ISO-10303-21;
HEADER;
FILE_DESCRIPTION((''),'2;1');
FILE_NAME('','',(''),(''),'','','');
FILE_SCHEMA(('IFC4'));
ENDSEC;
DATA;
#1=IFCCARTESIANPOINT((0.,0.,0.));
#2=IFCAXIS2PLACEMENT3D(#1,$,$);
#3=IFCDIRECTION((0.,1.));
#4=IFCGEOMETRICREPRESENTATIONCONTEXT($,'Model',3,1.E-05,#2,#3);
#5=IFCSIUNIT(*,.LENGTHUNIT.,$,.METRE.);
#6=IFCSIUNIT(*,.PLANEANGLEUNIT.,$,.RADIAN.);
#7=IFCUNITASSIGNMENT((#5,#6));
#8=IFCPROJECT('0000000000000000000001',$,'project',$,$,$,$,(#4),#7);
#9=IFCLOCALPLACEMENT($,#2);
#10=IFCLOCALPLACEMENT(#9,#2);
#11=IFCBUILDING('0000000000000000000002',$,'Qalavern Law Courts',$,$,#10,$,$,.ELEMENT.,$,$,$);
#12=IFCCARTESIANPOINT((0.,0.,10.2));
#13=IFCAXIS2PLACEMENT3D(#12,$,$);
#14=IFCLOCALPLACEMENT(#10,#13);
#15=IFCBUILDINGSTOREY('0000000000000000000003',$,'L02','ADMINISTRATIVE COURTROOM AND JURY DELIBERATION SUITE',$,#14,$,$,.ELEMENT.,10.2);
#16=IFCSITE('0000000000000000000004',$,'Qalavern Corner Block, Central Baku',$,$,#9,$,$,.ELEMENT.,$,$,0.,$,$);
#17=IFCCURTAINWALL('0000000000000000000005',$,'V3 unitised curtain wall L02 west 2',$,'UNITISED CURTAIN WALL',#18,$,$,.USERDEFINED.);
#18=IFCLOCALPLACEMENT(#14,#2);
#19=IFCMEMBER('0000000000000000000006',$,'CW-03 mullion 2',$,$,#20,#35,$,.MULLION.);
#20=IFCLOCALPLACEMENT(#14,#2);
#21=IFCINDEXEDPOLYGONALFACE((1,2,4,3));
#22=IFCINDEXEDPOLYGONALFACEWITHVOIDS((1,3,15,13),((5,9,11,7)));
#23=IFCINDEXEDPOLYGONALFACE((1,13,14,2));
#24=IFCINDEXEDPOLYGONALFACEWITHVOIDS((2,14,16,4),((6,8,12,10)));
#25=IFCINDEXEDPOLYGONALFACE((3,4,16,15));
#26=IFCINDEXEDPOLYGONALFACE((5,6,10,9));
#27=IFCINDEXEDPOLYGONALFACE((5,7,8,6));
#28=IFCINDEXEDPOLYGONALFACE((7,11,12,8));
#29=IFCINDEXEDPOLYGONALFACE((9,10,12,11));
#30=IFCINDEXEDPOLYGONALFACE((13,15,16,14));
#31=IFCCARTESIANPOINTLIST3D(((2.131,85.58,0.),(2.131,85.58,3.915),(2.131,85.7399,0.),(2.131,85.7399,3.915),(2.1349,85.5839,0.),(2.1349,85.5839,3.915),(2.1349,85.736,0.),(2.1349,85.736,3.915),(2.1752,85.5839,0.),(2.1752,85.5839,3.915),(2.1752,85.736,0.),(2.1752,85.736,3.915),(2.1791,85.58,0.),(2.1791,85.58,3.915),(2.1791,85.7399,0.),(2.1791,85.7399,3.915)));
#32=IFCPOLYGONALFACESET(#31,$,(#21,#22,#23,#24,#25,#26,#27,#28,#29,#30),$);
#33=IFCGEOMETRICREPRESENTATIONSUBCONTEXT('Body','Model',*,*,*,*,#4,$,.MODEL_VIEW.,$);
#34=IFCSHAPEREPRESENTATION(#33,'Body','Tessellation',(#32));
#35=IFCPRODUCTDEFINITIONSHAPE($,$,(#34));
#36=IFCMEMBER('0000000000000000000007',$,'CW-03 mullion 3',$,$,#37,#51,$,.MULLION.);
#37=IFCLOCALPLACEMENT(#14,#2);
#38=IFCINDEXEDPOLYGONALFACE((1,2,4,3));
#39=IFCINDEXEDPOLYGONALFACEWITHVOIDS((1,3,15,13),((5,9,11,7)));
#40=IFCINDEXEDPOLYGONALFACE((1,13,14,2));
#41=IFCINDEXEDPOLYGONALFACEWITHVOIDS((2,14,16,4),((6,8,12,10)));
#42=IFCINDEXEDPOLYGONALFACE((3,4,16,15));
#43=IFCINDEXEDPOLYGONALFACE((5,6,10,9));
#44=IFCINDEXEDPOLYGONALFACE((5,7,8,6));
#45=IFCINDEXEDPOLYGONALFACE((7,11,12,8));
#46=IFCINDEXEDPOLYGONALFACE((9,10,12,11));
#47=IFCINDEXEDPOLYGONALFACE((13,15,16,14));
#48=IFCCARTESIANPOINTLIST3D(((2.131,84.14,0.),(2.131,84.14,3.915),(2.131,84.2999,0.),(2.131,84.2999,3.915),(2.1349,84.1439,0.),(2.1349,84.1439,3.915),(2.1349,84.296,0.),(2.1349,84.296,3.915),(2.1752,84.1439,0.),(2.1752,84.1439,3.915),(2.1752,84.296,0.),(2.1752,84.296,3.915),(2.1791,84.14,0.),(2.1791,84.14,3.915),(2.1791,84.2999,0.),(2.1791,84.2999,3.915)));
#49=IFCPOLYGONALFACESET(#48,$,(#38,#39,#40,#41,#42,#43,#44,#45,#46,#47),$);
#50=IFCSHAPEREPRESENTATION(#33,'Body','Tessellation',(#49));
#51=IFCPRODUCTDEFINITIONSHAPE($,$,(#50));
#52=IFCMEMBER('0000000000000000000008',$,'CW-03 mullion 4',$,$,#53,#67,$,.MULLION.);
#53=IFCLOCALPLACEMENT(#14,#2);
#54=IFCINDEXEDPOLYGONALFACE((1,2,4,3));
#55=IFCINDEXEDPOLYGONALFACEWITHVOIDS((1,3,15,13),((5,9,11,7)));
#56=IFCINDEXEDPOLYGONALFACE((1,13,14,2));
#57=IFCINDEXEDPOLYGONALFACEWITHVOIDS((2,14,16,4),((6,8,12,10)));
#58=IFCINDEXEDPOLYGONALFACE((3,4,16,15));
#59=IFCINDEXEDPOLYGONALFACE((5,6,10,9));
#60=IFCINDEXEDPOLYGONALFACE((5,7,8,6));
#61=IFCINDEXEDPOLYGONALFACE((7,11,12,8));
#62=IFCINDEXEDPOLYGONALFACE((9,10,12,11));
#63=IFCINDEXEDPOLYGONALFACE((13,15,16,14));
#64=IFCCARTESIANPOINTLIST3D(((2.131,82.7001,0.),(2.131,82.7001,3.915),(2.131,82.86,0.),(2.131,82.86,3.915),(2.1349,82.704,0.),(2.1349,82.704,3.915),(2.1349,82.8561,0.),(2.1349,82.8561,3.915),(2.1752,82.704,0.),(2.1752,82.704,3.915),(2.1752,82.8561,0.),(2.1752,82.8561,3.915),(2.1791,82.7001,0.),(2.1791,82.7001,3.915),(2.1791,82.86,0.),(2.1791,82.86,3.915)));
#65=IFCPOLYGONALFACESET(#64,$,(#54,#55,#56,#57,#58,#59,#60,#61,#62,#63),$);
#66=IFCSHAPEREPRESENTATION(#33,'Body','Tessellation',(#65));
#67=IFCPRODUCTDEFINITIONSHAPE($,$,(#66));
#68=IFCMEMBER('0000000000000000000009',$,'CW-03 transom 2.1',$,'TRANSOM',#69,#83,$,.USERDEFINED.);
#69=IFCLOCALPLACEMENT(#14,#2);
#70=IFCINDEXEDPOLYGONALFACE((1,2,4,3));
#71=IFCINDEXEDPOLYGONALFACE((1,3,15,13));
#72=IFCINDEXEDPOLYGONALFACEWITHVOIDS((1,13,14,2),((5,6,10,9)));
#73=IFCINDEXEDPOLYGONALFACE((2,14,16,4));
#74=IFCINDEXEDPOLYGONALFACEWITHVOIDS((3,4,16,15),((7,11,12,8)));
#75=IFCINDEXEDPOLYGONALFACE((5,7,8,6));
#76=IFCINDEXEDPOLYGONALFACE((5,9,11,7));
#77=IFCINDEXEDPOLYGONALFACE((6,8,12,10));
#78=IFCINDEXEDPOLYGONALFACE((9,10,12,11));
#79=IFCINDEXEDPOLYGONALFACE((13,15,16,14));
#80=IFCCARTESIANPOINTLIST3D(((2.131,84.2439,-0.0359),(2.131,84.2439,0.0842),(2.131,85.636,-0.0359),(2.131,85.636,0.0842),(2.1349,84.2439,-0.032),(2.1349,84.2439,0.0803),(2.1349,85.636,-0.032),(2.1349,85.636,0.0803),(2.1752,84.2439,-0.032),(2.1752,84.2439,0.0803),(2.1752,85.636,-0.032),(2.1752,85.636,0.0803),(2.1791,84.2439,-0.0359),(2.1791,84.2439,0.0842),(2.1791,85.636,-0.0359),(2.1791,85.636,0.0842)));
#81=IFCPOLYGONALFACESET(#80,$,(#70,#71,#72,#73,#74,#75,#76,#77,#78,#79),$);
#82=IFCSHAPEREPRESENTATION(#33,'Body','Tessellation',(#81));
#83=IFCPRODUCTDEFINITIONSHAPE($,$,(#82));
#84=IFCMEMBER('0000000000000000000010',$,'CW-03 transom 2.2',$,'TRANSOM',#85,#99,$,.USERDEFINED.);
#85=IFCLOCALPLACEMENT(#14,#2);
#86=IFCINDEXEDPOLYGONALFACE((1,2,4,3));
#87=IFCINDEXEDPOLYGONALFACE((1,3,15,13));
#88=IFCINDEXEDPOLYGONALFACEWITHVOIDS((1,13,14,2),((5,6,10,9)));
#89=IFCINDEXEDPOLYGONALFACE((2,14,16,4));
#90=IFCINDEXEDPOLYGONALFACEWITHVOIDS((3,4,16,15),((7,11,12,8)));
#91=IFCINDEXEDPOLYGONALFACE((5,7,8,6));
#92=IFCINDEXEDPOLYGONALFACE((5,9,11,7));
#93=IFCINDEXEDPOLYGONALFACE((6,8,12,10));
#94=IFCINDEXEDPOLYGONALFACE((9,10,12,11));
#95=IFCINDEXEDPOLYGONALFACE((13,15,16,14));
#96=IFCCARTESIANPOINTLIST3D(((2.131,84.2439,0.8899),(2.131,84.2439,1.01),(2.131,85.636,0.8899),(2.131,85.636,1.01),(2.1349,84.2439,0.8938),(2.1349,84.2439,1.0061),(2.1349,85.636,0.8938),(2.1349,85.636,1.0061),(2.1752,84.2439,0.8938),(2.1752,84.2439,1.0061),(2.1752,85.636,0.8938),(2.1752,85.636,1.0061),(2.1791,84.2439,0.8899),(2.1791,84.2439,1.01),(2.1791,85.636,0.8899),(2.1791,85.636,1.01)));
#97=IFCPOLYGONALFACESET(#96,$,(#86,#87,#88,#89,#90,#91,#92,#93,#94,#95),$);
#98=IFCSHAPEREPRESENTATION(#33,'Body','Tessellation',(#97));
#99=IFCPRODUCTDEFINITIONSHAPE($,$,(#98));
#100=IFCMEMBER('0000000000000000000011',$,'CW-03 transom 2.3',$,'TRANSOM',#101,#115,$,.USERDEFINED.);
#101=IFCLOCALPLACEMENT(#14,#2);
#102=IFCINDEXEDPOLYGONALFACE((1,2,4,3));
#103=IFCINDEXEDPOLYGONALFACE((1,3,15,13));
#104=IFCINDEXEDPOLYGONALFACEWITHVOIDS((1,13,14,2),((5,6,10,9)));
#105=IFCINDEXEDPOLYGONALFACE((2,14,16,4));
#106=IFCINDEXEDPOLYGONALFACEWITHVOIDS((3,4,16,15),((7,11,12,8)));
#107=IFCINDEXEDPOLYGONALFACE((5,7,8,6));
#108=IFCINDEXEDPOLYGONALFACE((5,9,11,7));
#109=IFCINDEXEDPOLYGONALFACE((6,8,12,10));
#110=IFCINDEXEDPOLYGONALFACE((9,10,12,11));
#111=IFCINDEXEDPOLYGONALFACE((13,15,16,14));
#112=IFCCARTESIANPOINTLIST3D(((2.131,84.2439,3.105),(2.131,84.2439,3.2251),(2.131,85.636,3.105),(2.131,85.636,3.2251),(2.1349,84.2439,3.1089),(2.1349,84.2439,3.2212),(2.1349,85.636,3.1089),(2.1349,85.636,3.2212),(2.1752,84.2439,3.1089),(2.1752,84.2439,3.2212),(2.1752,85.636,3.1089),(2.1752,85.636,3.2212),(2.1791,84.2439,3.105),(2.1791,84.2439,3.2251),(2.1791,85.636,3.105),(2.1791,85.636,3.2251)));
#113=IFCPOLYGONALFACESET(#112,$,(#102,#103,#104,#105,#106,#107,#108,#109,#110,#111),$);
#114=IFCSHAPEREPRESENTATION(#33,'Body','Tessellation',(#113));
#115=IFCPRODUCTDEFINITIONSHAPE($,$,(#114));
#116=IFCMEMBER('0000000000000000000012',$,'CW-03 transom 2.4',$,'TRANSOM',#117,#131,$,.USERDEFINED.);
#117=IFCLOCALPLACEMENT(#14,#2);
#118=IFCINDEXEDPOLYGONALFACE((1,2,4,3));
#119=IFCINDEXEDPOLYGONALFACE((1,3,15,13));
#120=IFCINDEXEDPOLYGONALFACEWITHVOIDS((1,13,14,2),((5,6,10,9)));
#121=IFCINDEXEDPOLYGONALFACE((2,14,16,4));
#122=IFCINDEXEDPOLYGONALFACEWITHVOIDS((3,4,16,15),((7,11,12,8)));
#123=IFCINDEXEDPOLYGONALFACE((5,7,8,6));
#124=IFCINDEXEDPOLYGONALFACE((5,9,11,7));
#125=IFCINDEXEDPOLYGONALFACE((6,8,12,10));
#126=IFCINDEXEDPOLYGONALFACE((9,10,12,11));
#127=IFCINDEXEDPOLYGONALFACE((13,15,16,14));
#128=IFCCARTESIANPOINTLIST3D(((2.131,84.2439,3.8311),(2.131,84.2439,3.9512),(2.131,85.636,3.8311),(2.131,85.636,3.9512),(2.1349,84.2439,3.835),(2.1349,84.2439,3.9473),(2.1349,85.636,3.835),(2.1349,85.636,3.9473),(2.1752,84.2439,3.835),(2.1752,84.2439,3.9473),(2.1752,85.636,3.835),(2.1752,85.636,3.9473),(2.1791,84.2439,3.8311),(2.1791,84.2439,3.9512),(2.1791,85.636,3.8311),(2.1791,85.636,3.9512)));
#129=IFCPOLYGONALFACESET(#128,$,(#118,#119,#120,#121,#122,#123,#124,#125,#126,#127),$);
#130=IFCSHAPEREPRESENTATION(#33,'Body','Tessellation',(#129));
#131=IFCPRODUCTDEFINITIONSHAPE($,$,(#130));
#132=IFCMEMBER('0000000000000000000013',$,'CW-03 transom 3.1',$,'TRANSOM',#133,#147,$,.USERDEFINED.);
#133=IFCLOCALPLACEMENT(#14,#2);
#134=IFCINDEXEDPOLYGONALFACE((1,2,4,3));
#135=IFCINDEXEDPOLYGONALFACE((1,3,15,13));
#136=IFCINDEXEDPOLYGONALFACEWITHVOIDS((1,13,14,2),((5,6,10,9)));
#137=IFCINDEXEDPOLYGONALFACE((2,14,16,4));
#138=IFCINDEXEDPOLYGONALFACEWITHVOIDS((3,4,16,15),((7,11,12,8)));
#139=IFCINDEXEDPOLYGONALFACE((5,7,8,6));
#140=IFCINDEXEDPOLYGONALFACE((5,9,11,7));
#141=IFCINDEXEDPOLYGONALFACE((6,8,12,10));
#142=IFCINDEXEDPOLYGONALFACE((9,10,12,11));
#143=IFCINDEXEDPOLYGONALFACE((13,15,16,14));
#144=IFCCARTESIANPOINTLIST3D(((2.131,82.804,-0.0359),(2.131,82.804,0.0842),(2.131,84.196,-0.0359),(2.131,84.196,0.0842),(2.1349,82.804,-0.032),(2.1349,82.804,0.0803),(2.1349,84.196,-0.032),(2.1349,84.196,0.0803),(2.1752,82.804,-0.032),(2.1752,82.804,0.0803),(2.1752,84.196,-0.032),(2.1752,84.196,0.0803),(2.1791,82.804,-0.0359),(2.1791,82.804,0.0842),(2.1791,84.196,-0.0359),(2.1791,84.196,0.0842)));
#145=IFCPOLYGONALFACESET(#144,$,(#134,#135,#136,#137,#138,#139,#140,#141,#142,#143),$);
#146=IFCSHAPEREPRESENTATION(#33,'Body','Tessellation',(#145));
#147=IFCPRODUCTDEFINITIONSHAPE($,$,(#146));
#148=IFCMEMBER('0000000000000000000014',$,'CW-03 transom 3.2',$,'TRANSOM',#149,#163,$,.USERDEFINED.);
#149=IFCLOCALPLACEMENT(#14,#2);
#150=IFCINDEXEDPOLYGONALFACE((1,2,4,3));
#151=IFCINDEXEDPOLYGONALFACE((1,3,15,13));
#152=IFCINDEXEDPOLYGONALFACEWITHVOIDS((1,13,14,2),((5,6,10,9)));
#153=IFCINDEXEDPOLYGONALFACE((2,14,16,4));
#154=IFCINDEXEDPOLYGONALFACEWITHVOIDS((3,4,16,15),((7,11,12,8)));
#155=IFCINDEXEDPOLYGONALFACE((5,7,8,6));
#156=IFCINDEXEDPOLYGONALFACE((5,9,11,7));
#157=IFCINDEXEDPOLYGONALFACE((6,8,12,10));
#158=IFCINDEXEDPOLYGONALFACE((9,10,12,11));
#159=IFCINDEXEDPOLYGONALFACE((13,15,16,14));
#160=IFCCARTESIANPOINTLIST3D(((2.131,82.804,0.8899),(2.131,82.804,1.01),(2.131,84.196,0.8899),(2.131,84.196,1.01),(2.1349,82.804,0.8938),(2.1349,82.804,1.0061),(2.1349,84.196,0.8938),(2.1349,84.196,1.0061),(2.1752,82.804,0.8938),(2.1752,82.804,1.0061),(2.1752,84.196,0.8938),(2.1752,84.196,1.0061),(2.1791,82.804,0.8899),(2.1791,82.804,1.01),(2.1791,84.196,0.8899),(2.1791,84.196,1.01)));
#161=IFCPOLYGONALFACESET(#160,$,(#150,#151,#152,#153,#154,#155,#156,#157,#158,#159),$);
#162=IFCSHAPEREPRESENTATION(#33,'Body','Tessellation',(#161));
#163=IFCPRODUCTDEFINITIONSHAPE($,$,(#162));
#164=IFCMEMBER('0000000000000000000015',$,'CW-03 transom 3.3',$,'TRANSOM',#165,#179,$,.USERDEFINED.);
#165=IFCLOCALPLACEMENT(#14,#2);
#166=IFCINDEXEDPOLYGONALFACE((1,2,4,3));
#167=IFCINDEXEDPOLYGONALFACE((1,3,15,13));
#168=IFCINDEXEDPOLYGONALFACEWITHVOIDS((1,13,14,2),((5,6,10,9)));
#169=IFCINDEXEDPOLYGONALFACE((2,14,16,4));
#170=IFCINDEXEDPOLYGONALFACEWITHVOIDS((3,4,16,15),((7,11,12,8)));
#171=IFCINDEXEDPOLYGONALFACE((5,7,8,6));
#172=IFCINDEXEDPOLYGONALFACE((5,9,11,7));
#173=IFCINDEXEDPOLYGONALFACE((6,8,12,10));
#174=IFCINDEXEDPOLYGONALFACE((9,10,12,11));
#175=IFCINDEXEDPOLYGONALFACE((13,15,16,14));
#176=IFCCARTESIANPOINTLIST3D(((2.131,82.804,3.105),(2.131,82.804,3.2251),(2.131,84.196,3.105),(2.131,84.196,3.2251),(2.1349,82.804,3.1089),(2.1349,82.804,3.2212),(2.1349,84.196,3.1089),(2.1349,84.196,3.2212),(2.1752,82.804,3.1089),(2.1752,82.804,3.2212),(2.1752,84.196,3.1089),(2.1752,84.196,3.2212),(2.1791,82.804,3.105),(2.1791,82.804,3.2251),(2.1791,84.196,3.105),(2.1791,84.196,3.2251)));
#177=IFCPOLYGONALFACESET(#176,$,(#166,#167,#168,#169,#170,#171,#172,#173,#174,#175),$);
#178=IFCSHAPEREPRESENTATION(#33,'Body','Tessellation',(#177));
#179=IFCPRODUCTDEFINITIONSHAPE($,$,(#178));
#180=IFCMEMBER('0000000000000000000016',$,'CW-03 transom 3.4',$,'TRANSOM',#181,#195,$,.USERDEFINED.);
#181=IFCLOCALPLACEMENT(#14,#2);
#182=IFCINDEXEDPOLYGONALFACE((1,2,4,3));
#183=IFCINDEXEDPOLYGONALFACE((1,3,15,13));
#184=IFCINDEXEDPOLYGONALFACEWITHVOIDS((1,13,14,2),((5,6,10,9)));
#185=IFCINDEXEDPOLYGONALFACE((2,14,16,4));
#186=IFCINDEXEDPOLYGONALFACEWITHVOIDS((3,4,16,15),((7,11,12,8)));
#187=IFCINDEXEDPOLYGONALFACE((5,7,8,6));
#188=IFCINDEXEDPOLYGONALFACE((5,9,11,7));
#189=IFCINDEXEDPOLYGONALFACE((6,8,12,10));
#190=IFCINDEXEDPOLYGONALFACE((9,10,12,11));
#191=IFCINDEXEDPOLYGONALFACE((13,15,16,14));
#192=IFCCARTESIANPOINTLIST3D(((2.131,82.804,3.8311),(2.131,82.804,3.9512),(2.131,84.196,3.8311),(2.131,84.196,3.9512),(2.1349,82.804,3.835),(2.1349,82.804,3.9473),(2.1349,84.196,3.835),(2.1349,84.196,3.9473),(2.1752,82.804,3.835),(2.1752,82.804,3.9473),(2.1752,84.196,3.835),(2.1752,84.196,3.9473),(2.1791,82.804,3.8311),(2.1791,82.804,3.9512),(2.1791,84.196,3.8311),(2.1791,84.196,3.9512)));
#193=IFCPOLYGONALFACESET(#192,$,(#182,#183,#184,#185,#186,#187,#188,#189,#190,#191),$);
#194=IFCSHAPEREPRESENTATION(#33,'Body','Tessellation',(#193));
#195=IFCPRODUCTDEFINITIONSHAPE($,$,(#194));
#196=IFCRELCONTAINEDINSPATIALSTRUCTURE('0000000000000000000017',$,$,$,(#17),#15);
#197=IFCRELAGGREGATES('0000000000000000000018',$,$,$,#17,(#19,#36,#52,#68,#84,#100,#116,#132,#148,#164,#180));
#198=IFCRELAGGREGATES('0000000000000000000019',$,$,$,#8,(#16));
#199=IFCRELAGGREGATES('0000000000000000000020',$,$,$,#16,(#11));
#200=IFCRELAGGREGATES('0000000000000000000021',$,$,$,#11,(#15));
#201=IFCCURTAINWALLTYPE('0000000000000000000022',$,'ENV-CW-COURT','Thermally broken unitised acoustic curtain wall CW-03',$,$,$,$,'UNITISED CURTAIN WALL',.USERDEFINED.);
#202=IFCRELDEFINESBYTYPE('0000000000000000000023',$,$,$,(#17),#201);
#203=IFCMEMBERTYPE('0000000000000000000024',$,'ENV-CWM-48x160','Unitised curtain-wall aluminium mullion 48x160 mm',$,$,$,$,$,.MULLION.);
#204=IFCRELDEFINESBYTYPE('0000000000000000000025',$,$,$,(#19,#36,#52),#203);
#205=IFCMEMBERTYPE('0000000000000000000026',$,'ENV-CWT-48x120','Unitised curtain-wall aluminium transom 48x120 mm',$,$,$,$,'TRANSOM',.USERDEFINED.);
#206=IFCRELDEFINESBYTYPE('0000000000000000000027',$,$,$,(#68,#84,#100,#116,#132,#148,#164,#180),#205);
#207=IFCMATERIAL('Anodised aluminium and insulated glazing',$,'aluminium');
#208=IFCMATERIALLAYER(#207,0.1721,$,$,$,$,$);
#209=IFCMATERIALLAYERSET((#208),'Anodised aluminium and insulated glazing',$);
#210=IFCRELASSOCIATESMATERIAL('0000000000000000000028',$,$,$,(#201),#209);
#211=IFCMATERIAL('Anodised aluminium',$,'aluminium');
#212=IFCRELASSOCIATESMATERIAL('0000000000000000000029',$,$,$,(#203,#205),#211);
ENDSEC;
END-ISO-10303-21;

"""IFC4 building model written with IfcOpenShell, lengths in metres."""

from ifc_helpers import new_model, si_unit, direction, frame, origin, origin_2d, place, context, subcontext, project, spatial, hollow_rectangle, extrude, material, layer, layer_set, material_profile, profile_set, type_object, element, aggregate, save


model = new_model("IFC4")

# Units and contexts
model_context = context("Model", 3, precision=1e-05, world=origin(), true_north=direction((0.0, 1.0)))
body_context = subcontext(model_context, "Body", "Model", "MODEL_VIEW")
ifc_project = project(units=[si_unit("LENGTHUNIT", "METRE"), si_unit("PLANEANGLEUNIT", "RADIAN")], contexts=[model_context])

# Site, building, storey
site_placement = place(None, origin())
site = spatial("IfcSite", under=ifc_project, at=site_placement, Name="Qalavern Corner Block, Central Baku", CompositionType="ELEMENT", RefElevation=0.0)
building_placement = place(site_placement, origin())
building = spatial("IfcBuilding", under=site, at=building_placement, Name="Qalavern Law Courts", CompositionType="ELEMENT")
storey_placement = place(building_placement, frame((0.0, 0.0, 10.2)))
storey = spatial("IfcBuildingStorey", under=building, at=storey_placement, Name="L02", Description="ADMINISTRATIVE COURTROOM AND JURY DELIBERATION SUITE", CompositionType="ELEMENT", Elevation=10.2)

# Curtain wall, members
ifc_material_1 = material(Name="Anodised aluminium and insulated glazing", Category="aluminium")
ifc_layer_1 = layer(ifc_material_1, 0.1721)
ifc_layer_set_1 = layer_set([ifc_layer_1], Name="Anodised aluminium and insulated glazing")
curtain_wall_type = type_object("IfcCurtainWallType", Name="ENV-CW-COURT", Description="Thermally broken unitised acoustic curtain wall CW-03", ElementType="UNITISED CURTAIN WALL", PredefinedType="USERDEFINED", material=ifc_layer_set_1)
curtain_wall_placement = place(storey_placement, origin())
curtain_wall = element("IfcCurtainWall", 1, at=curtain_wall_placement, inside=storey, type_object=curtain_wall_type, Name="V3 unitised curtain wall L02 west 2", ObjectType="UNITISED CURTAIN WALL", PredefinedType="USERDEFINED")
ifc_material_2 = material(Name="Anodised aluminium", Category="aluminium")
ifc_material_profile_1 = material_profile(ifc_material_2, hollow_rectangle(XDim=0.0481, YDim=0.1599, WallThickness=0.0039, at=origin_2d()), Name="ALU MULLION 48x160")
ifc_profile_set_1 = profile_set([ifc_material_profile_1], Name="Anodised aluminium")
member_type_1 = type_object("IfcMemberType", Name="ENV-CWM-48x160", Description="Unitised curtain-wall aluminium mullion 48x160 mm", PredefinedType="MULLION", material=ifc_profile_set_1)
member_1_placement = place(storey_placement, frame((2.155, 85.6599, 0.0), z_axis=(0.0, 0.0, 1.0), x_axis=(1.0, 0.0, 0.0)))
member_1 = element("IfcMember", 2, at=member_1_placement, type_object=member_type_1, Name="CW-03 mullion 2", PredefinedType="MULLION", context=body_context, shape_type="SweptSolid", body=[
    extrude(hollow_rectangle(XDim=0.0481, YDim=0.1599, WallThickness=0.0039, at=origin_2d()), origin(), (0.0, 0.0, 1.0), 3.915),
])
member_2_placement = place(storey_placement, frame((2.155, 84.22, 0.0), z_axis=(0.0, 0.0, 1.0), x_axis=(1.0, 0.0, 0.0)))
member_2 = element("IfcMember", 3, at=member_2_placement, type_object=member_type_1, Name="CW-03 mullion 3", PredefinedType="MULLION", context=body_context, shape_type="SweptSolid", body=[
    extrude(hollow_rectangle(XDim=0.0481, YDim=0.1599, WallThickness=0.0039, at=origin_2d()), origin(), (0.0, 0.0, 1.0), 3.915),
])
member_3_placement = place(storey_placement, frame((2.155, 82.78, 0.0), z_axis=(0.0, 0.0, 1.0), x_axis=(1.0, 0.0, 0.0)))
member_3 = element("IfcMember", 4, at=member_3_placement, type_object=member_type_1, Name="CW-03 mullion 4", PredefinedType="MULLION", context=body_context, shape_type="SweptSolid", body=[
    extrude(hollow_rectangle(XDim=0.0481, YDim=0.1599, WallThickness=0.0039, at=origin_2d()), origin(), (0.0, 0.0, 1.0), 3.915),
])
ifc_material_profile_2 = material_profile(ifc_material_2, hollow_rectangle(XDim=0.0481, YDim=0.1201, WallThickness=0.0039, at=origin_2d()), Name="ALU TRANSOM 48x120")
ifc_profile_set_2 = profile_set([ifc_material_profile_2], Name="Anodised aluminium")
member_type_2 = type_object("IfcMemberType", Name="ENV-CWT-48x120", Description="Unitised curtain-wall aluminium transom 48x120 mm", ElementType="TRANSOM", PredefinedType="USERDEFINED", material=ifc_profile_set_2)
member_4_placement = place(storey_placement, frame((2.155, 85.636, 0.0242), z_axis=(0.0, -1.0, 0.0), x_axis=(1.0, 0.0, 0.0)))
member_4 = element("IfcMember", 5, at=member_4_placement, type_object=member_type_2, Name="CW-03 transom 2.1", ObjectType="TRANSOM", PredefinedType="USERDEFINED", context=body_context, shape_type="SweptSolid", body=[
    extrude(hollow_rectangle(XDim=0.0481, YDim=0.1201, WallThickness=0.0039, at=origin_2d()), origin(), (0.0, 0.0, 1.0), 1.3921),
])
member_5_placement = place(storey_placement, frame((2.155, 85.636, 0.95), z_axis=(0.0, -1.0, 0.0), x_axis=(1.0, 0.0, 0.0)))
member_5 = element("IfcMember", 6, at=member_5_placement, type_object=member_type_2, Name="CW-03 transom 2.2", ObjectType="TRANSOM", PredefinedType="USERDEFINED", context=body_context, shape_type="SweptSolid", body=[
    extrude(hollow_rectangle(XDim=0.0481, YDim=0.1201, WallThickness=0.0039, at=origin_2d()), origin(), (0.0, 0.0, 1.0), 1.3921),
])
member_6_placement = place(storey_placement, frame((2.155, 85.636, 3.165), z_axis=(0.0, -1.0, 0.0), x_axis=(1.0, 0.0, 0.0)))
member_6 = element("IfcMember", 7, at=member_6_placement, type_object=member_type_2, Name="CW-03 transom 2.3", ObjectType="TRANSOM", PredefinedType="USERDEFINED", context=body_context, shape_type="SweptSolid", body=[
    extrude(hollow_rectangle(XDim=0.0481, YDim=0.1201, WallThickness=0.0039, at=origin_2d()), origin(), (0.0, 0.0, 1.0), 1.3921),
])
member_7_placement = place(storey_placement, frame((2.155, 85.636, 3.8911), z_axis=(0.0, -1.0, 0.0), x_axis=(1.0, 0.0, 0.0)))
member_7 = element("IfcMember", 8, at=member_7_placement, type_object=member_type_2, Name="CW-03 transom 2.4", ObjectType="TRANSOM", PredefinedType="USERDEFINED", context=body_context, shape_type="SweptSolid", body=[
    extrude(hollow_rectangle(XDim=0.0481, YDim=0.1201, WallThickness=0.0039, at=origin_2d()), origin(), (0.0, 0.0, 1.0), 1.3921),
])
member_8_placement = place(storey_placement, frame((2.155, 84.196, 0.0242), z_axis=(0.0, -1.0, 0.0), x_axis=(1.0, 0.0, 0.0)))
member_8 = element("IfcMember", 9, at=member_8_placement, type_object=member_type_2, Name="CW-03 transom 3.1", ObjectType="TRANSOM", PredefinedType="USERDEFINED", context=body_context, shape_type="SweptSolid", body=[
    extrude(hollow_rectangle(XDim=0.0481, YDim=0.1201, WallThickness=0.0039, at=origin_2d()), origin(), (0.0, 0.0, 1.0), 1.3921),
])
member_9_placement = place(storey_placement, frame((2.155, 84.196, 0.95), z_axis=(0.0, -1.0, 0.0), x_axis=(1.0, 0.0, 0.0)))
member_9 = element("IfcMember", 10, at=member_9_placement, type_object=member_type_2, Name="CW-03 transom 3.2", ObjectType="TRANSOM", PredefinedType="USERDEFINED", context=body_context, shape_type="SweptSolid", body=[
    extrude(hollow_rectangle(XDim=0.0481, YDim=0.1201, WallThickness=0.0039, at=origin_2d()), origin(), (0.0, 0.0, 1.0), 1.3921),
])
member_10_placement = place(storey_placement, frame((2.155, 84.196, 3.165), z_axis=(0.0, -1.0, 0.0), x_axis=(1.0, 0.0, 0.0)))
member_10 = element("IfcMember", 11, at=member_10_placement, type_object=member_type_2, Name="CW-03 transom 3.3", ObjectType="TRANSOM", PredefinedType="USERDEFINED", context=body_context, shape_type="SweptSolid", body=[
    extrude(hollow_rectangle(XDim=0.0481, YDim=0.1201, WallThickness=0.0039, at=origin_2d()), origin(), (0.0, 0.0, 1.0), 1.3921),
])
member_11_placement = place(storey_placement, frame((2.155, 84.196, 3.8911), z_axis=(0.0, -1.0, 0.0), x_axis=(1.0, 0.0, 0.0)))
member_11 = element("IfcMember", 12, at=member_11_placement, type_object=member_type_2, Name="CW-03 transom 3.4", ObjectType="TRANSOM", PredefinedType="USERDEFINED", context=body_context, shape_type="SweptSolid", body=[
    extrude(hollow_rectangle(XDim=0.0481, YDim=0.1201, WallThickness=0.0039, at=origin_2d()), origin(), (0.0, 0.0, 1.0), 1.3921),
])
aggregate(curtain_wall, [member_1, member_2, member_3, member_4, member_5, member_6, member_7, member_8, member_9, member_10, member_11])

save(model, "model.ifc")
